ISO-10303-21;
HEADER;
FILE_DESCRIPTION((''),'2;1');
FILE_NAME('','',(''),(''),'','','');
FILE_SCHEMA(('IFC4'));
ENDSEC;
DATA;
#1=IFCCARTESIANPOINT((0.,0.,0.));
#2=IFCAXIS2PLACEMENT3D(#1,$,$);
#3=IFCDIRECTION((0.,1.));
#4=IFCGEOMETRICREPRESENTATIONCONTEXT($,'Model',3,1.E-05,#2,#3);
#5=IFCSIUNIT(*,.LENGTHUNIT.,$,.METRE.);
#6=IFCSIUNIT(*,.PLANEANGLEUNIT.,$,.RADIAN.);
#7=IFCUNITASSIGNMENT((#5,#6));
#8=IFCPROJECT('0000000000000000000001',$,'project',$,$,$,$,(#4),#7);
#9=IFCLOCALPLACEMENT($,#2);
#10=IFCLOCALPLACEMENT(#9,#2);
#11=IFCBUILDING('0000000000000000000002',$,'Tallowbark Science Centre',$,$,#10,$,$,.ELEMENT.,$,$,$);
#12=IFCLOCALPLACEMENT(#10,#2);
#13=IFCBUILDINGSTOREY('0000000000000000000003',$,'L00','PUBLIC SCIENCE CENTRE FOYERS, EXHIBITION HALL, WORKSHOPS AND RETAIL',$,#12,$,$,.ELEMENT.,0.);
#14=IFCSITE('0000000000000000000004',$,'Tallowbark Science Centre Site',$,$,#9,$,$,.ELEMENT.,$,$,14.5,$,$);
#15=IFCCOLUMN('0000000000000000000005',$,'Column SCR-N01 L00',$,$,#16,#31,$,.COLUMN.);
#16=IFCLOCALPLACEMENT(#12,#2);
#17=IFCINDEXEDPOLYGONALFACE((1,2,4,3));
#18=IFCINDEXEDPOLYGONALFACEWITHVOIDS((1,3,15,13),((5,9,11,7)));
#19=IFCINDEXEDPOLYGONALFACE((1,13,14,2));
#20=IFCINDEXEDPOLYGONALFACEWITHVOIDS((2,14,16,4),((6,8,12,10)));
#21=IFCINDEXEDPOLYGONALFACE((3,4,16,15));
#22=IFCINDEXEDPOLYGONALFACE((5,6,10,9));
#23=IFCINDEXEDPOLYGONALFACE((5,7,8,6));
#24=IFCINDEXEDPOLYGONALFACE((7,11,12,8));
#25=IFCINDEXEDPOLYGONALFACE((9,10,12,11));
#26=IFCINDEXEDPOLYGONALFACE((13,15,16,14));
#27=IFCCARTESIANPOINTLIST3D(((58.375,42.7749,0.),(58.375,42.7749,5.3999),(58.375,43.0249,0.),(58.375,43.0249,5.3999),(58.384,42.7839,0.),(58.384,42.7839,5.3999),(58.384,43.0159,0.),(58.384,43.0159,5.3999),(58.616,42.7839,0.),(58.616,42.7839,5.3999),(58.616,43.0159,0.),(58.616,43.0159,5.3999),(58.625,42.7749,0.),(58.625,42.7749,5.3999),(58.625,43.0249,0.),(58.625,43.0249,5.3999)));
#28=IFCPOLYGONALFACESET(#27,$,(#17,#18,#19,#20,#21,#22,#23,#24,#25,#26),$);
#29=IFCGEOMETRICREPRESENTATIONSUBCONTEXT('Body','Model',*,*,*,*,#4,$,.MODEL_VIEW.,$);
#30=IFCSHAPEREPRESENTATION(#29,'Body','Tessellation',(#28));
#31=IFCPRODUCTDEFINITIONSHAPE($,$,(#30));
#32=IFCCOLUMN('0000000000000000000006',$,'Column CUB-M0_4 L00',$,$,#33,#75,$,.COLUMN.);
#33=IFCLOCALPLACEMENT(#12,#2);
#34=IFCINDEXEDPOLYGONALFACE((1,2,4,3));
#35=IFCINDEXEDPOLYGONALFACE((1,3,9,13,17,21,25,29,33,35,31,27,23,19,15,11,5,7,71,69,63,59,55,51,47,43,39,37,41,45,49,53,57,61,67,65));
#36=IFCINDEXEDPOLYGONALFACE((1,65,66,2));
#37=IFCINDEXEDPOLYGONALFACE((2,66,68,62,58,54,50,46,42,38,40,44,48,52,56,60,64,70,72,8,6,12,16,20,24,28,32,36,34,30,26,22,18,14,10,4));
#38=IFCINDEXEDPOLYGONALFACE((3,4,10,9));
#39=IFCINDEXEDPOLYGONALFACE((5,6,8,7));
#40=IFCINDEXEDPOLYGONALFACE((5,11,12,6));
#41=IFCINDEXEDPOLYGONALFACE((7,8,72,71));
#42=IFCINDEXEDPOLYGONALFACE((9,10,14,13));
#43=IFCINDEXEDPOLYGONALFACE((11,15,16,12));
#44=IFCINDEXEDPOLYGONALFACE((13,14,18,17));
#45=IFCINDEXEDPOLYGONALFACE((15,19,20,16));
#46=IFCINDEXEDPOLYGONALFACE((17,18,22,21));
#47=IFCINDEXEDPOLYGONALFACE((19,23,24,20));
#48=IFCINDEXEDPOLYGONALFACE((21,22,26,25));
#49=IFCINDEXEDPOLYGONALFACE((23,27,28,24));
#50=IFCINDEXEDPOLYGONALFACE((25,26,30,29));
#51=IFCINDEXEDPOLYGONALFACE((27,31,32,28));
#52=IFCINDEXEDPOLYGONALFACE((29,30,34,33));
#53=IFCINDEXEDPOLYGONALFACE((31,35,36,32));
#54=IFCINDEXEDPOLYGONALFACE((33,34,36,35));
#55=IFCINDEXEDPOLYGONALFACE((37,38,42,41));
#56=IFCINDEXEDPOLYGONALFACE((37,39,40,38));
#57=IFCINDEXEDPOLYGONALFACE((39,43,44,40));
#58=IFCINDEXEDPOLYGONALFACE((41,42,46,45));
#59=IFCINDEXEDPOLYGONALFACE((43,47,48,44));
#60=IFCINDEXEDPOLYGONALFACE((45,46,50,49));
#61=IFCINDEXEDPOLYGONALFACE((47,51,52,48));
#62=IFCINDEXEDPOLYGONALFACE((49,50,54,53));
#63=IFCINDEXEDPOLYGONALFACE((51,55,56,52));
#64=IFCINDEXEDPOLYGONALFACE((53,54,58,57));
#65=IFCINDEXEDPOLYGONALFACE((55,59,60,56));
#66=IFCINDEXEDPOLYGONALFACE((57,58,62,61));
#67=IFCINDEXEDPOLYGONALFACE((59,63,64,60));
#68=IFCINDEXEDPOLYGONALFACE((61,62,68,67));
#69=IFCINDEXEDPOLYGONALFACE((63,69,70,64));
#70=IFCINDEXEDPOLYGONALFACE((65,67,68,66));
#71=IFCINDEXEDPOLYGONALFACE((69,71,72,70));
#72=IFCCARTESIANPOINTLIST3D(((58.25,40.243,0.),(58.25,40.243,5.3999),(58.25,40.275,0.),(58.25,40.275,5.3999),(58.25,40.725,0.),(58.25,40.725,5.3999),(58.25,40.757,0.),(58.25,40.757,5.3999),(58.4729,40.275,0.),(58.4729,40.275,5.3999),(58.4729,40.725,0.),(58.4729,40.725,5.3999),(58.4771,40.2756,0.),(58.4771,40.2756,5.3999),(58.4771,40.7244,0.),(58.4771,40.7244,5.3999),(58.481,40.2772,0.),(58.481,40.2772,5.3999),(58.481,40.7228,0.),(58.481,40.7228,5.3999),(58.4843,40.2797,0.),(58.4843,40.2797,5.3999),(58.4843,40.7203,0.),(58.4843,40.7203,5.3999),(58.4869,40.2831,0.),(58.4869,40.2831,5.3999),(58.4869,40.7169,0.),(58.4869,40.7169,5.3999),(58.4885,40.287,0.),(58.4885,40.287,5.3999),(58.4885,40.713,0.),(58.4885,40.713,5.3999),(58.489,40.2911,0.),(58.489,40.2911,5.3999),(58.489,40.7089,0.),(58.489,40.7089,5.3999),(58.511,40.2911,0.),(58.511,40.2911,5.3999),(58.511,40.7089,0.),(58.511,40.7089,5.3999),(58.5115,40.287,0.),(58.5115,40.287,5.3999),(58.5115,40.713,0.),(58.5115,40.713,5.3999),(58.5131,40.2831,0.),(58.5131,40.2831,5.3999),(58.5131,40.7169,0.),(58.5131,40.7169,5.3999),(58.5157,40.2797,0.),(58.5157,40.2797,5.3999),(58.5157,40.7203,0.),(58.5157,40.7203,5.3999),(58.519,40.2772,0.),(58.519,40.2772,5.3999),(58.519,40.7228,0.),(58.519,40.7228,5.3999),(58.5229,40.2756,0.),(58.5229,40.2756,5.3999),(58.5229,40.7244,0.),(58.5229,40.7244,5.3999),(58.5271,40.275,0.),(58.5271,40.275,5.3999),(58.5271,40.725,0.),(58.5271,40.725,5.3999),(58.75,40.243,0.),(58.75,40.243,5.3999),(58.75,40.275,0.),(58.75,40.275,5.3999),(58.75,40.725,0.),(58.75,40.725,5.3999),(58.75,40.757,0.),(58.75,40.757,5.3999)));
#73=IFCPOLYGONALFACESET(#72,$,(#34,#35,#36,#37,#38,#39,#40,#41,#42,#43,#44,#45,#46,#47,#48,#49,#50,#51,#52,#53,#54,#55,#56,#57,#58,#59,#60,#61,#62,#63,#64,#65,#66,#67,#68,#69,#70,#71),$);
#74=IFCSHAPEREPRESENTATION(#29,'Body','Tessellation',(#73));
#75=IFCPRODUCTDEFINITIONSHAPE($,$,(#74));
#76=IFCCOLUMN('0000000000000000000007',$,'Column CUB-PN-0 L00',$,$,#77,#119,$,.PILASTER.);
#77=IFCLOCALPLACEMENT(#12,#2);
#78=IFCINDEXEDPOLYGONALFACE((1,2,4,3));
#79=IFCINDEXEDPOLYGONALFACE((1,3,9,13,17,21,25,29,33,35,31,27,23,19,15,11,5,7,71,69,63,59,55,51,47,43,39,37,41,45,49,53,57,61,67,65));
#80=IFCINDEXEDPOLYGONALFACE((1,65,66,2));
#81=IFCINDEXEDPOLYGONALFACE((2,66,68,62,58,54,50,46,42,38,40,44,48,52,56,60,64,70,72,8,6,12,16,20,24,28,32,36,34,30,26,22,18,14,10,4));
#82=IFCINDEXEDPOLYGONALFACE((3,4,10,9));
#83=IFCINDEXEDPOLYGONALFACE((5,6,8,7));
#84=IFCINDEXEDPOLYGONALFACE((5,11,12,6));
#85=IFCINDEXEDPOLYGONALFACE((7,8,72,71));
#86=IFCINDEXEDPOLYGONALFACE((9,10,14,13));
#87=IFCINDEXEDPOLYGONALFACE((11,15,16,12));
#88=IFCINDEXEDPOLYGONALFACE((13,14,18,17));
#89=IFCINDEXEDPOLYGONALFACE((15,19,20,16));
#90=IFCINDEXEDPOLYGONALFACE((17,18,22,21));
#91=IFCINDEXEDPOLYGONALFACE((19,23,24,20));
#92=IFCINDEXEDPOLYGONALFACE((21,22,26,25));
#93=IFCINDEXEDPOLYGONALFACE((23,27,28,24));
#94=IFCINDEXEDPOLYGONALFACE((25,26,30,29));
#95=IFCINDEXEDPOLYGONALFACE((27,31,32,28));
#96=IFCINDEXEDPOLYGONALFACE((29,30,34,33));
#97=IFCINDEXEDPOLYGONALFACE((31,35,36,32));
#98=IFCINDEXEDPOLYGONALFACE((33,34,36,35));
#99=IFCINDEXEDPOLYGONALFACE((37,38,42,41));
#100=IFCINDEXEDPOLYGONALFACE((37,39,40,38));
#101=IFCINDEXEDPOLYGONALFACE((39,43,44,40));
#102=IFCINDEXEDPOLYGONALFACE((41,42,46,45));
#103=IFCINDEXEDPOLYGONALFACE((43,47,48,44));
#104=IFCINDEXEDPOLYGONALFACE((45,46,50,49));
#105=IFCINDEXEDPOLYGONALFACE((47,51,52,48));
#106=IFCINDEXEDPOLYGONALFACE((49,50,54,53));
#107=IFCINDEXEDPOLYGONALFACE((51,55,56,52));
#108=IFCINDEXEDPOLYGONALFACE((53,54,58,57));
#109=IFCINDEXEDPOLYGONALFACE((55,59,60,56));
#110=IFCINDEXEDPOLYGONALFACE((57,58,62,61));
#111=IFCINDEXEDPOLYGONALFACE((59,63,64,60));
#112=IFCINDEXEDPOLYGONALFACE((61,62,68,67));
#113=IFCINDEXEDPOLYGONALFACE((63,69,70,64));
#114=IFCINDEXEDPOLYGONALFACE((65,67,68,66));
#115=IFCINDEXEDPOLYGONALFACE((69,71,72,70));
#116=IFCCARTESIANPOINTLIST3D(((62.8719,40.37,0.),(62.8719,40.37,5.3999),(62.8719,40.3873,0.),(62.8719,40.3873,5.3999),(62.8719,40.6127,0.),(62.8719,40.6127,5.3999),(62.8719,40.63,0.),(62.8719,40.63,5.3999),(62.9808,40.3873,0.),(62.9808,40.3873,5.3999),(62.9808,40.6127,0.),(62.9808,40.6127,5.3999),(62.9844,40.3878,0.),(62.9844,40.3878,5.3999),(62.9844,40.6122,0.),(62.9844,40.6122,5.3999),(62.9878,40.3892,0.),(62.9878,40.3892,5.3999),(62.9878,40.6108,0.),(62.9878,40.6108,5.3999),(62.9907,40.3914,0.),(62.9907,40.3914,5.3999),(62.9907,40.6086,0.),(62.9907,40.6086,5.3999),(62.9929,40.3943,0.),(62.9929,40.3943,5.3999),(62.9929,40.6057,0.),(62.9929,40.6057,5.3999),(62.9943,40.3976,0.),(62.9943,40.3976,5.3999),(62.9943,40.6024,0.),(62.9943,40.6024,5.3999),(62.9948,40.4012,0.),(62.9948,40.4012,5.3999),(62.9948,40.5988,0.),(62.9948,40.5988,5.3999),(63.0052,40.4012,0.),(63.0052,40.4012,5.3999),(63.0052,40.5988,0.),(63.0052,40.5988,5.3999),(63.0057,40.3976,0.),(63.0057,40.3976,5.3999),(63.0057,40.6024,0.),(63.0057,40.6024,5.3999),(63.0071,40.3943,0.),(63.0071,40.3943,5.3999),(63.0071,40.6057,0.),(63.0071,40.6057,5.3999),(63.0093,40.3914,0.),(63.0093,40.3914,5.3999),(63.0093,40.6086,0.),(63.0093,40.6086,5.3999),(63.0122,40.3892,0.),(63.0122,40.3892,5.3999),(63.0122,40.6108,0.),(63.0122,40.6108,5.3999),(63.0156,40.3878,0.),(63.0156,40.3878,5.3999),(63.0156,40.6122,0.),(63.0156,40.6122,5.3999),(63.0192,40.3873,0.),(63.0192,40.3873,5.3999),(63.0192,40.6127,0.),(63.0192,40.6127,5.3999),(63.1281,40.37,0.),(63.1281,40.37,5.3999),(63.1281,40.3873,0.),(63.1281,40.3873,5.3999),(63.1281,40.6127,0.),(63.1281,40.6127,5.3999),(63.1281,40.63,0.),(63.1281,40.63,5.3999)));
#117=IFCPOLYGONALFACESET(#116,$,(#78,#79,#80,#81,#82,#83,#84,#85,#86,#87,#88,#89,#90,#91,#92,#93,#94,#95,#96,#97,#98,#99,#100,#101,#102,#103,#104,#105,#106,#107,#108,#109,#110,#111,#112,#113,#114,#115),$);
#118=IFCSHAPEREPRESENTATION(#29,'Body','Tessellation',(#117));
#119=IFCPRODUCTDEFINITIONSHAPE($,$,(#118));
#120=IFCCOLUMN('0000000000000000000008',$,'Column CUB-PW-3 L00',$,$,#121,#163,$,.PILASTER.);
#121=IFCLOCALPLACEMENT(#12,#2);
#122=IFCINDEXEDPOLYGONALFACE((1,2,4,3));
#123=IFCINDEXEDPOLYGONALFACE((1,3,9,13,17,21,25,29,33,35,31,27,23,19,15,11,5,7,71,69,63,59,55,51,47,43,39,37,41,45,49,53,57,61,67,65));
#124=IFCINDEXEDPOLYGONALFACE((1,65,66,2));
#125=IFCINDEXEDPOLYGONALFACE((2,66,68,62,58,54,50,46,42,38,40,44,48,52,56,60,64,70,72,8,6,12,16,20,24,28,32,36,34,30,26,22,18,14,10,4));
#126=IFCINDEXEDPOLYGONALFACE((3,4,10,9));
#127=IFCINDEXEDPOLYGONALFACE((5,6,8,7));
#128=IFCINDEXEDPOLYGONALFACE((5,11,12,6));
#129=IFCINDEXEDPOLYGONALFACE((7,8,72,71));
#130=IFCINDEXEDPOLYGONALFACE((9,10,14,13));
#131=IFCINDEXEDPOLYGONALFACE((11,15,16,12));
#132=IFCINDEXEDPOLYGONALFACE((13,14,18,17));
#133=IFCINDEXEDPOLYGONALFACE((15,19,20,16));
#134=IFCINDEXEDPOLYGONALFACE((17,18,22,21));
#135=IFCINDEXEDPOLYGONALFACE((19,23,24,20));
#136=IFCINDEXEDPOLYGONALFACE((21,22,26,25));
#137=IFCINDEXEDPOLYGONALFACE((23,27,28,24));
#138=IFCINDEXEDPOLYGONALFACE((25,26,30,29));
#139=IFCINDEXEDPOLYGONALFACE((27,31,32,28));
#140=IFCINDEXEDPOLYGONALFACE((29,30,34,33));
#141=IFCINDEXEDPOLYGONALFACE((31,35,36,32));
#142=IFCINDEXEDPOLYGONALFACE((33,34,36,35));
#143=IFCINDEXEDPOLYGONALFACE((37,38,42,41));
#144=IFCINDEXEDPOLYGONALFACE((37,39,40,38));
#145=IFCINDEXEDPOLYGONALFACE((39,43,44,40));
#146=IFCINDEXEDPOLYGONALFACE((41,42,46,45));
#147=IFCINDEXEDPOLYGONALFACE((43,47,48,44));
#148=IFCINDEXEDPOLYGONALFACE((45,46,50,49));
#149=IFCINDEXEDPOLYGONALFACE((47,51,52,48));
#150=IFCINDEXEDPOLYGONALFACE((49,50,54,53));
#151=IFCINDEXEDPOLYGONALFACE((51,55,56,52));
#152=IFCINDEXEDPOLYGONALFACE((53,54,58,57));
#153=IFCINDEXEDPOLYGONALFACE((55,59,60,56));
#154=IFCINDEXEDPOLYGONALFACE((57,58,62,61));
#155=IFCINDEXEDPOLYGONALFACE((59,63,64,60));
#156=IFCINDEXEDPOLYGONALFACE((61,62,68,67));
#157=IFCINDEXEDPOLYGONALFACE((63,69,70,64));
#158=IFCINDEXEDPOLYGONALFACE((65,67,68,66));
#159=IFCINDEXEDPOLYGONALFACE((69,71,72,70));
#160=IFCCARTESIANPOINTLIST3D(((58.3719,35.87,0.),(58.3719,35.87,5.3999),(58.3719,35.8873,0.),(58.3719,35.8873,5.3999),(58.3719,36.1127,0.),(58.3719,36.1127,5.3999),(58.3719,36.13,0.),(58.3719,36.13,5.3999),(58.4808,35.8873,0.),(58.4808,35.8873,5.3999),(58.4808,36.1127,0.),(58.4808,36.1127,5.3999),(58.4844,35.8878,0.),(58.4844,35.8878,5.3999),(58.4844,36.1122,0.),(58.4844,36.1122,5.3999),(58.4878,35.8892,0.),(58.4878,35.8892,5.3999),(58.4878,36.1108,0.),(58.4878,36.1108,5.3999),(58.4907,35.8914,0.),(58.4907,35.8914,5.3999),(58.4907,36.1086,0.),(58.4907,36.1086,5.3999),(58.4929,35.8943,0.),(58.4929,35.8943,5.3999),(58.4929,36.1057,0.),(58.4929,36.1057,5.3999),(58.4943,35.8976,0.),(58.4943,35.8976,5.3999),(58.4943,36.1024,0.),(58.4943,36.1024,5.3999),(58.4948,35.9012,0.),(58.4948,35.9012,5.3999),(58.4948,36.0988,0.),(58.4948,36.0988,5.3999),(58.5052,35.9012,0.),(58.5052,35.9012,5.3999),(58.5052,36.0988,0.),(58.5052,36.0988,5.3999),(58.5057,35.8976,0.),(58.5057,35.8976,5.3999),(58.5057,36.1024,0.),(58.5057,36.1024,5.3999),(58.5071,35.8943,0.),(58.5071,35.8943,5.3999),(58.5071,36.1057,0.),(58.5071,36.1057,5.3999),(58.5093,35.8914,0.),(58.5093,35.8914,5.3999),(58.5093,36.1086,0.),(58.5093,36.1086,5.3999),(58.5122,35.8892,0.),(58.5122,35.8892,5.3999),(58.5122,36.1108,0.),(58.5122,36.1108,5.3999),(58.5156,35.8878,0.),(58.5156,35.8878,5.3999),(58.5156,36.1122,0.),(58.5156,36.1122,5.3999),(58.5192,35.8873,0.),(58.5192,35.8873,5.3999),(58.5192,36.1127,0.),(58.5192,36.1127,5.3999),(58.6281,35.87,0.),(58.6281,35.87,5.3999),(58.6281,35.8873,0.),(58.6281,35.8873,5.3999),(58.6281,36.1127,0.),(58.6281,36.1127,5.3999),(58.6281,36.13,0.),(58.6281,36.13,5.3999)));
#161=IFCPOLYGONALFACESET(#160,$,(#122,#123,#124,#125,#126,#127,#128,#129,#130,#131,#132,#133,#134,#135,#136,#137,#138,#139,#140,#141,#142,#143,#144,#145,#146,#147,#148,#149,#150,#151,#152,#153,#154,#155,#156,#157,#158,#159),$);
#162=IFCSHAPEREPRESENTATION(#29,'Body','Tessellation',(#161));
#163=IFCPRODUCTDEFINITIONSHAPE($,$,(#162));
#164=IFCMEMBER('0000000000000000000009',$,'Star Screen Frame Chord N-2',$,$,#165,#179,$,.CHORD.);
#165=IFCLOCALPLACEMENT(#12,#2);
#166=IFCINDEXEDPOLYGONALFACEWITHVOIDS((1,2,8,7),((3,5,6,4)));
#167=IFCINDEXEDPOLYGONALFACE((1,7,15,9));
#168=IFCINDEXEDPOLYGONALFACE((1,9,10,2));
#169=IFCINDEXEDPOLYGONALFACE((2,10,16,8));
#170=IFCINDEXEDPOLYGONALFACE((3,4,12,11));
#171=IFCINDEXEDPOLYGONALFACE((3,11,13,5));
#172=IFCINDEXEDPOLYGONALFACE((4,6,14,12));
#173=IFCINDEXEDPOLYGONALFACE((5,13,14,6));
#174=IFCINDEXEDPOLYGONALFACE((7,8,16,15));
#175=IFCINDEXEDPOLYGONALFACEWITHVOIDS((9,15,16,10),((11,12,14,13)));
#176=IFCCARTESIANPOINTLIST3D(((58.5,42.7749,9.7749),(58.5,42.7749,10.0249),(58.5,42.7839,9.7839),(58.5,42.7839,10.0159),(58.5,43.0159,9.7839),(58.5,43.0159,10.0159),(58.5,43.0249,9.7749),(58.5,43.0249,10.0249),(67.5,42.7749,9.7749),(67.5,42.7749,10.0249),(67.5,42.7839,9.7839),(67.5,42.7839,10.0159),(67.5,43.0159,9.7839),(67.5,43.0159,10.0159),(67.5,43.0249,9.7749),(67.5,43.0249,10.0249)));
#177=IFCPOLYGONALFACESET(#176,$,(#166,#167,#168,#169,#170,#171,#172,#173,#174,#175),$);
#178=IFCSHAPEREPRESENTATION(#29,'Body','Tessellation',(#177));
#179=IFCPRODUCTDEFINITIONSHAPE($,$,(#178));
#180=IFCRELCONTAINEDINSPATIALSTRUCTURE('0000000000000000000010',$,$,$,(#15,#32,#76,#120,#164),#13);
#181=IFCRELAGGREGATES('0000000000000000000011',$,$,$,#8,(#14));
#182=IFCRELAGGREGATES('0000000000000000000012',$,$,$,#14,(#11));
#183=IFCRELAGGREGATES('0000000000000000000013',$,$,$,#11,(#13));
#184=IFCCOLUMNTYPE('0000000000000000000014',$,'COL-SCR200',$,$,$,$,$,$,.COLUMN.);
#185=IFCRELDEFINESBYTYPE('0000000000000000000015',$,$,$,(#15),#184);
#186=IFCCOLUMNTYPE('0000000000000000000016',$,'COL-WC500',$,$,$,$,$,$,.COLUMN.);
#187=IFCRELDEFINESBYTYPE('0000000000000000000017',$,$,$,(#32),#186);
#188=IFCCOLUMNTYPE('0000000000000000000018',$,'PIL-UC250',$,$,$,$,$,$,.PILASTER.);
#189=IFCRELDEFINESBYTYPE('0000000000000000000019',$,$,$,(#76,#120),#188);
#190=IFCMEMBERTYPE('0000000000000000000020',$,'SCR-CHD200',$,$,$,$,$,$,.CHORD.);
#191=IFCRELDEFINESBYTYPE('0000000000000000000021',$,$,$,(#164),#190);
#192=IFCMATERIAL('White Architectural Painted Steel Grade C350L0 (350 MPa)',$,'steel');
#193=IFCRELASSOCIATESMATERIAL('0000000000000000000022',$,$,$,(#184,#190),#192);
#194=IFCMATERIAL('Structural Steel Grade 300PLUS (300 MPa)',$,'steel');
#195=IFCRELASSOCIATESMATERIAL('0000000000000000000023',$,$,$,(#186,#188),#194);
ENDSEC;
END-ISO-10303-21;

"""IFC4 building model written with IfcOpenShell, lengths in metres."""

from ifc_helpers import new_model, si_unit, direction, frame, origin, origin_2d, place, context, subcontext, project, spatial, hollow_rectangle, i_section, extrude, material, material_profile, profile_set, type_object, element, save


model = new_model("IFC4")

# Units and contexts
model_context = context("Model", 3, precision=1e-05, world=origin(), true_north=direction((0.0, 1.0)))
body_context = subcontext(model_context, "Body", "Model", "MODEL_VIEW")
ifc_project = project(units=[si_unit("LENGTHUNIT", "METRE"), si_unit("PLANEANGLEUNIT", "RADIAN")], contexts=[model_context])

# Site, building, storey
site_placement = place(None, origin())
site = spatial("IfcSite", under=ifc_project, at=site_placement, Name="Tallowbark Science Centre Site", CompositionType="ELEMENT", RefElevation=14.5)
building_placement = place(site_placement, origin())
building = spatial("IfcBuilding", under=site, at=building_placement, Name="Tallowbark Science Centre", CompositionType="ELEMENT")
storey_placement = place(building_placement, origin())
storey = spatial("IfcBuildingStorey", under=building, at=storey_placement, Name="L00", Description="PUBLIC SCIENCE CENTRE FOYERS, EXHIBITION HALL, WORKSHOPS AND RETAIL", CompositionType="ELEMENT", Elevation=0.0)

# Columns
ifc_material_1 = material(Name="White Architectural Painted Steel Grade C350L0 (350 MPa)", Category="steel")
ifc_material_profile_1 = material_profile(ifc_material_1, hollow_rectangle(XDim=0.25, YDim=0.25, WallThickness=0.009, at=origin_2d()), Name="250x250x9.0SHS")
ifc_profile_set_1 = profile_set([ifc_material_profile_1], Name="White Architectural Painted Steel Grade C350L0 (350 MPa)")
column_type_1 = type_object("IfcColumnType", Name="COL-SCR200", PredefinedType="COLUMN", material=ifc_profile_set_1)
column_1_placement = place(storey_placement, frame((58.5, 42.8999, 0.0), z_axis=(0.0, 0.0, 1.0), x_axis=(1.0, 0.0, 0.0)))
element("IfcColumn", 1, at=column_1_placement, inside=storey, type_object=column_type_1, Name="Column SCR-N01 L00", PredefinedType="COLUMN", context=body_context, shape_type="SweptSolid", body=[
    extrude(hollow_rectangle(XDim=0.25, YDim=0.25, WallThickness=0.009, at=origin_2d()), origin(), (0.0, 0.0, 1.0), 5.3999),
])
ifc_material_2 = material(Name="Structural Steel Grade 300PLUS (300 MPa)", Category="steel")
ifc_material_profile_2 = material_profile(ifc_material_2, i_section(OverallWidth=0.5, OverallDepth=0.5139, WebThickness=0.022, FlangeThickness=0.032, FilletRadius=0.0161, at=origin_2d()), Name="500WC340")
ifc_profile_set_2 = profile_set([ifc_material_profile_2], Name="Structural Steel Grade 300PLUS (300 MPa)")
column_type_2 = type_object("IfcColumnType", Name="COL-WC500", PredefinedType="COLUMN", material=ifc_profile_set_2)
column_2_placement = place(storey_placement, frame((58.5, 40.5, 0.0), z_axis=(0.0, 0.0, 1.0), x_axis=(1.0, 0.0, 0.0)))
element("IfcColumn", 2, at=column_2_placement, inside=storey, type_object=column_type_2, Name="Column CUB-M0_4 L00", PredefinedType="COLUMN", context=body_context, shape_type="SweptSolid", body=[
    extrude(i_section(OverallWidth=0.5, OverallDepth=0.5139, WebThickness=0.022, FlangeThickness=0.032, FilletRadius=0.0161, at=origin_2d()), origin(), (0.0, 0.0, 1.0), 5.3999),
])
ifc_material_profile_3 = material_profile(ifc_material_2, i_section(OverallWidth=0.2561, OverallDepth=0.26, WebThickness=0.0105, FlangeThickness=0.0173, FilletRadius=0.0139, at=origin_2d()), Name="250UC89.5")
ifc_profile_set_3 = profile_set([ifc_material_profile_3], Name="Structural Steel Grade 300PLUS (300 MPa)")
column_type_3 = type_object("IfcColumnType", Name="PIL-UC250", PredefinedType="PILASTER", material=ifc_profile_set_3)
for number, where, z_axis, x_axis, name in (
    (3, (63.0, 40.5, 0.0), (0.0, 0.0, 1.0), (1.0, 0.0, 0.0), "Column CUB-PN-0 L00"),
    (4, (58.5, 36.0, 0.0), (0.0, 0.0, 1.0), (1.0, 0.0, 0.0), "Column CUB-PW-3 L00"),
):
    element("IfcColumn", number, at=place(storey_placement, frame(where, z_axis=z_axis, x_axis=x_axis)), inside=storey, type_object=column_type_3, Name=name, PredefinedType="PILASTER", context=body_context, shape_type="SweptSolid", body=[
        extrude(i_section(OverallWidth=0.2561, OverallDepth=0.26, WebThickness=0.0105, FlangeThickness=0.0173, FilletRadius=0.0139, at=origin_2d()), origin(), (0.0, 0.0, 1.0), 5.3999),
    ])

# Member
ifc_material_profile_4 = material_profile(ifc_material_1, hollow_rectangle(XDim=0.25, YDim=0.25, WallThickness=0.009, at=origin_2d()), Name="250x250x9.0SHS")
ifc_profile_set_4 = profile_set([ifc_material_profile_4], Name="White Architectural Painted Steel Grade C350L0 (350 MPa)")
member_type_1 = type_object("IfcMemberType", Name="SCR-CHD200", PredefinedType="CHORD", material=ifc_profile_set_4)
member_1_placement = place(storey_placement, frame((58.5, 42.8999, 9.8999), z_axis=(1.0, 0.0, 0.0), x_axis=(0.0, 1.0, 0.0)))
element("IfcMember", 5, at=member_1_placement, inside=storey, type_object=member_type_1, Name="Star Screen Frame Chord N-2", PredefinedType="CHORD", context=body_context, shape_type="SweptSolid", body=[
    extrude(hollow_rectangle(XDim=0.25, YDim=0.25, WallThickness=0.009, at=origin_2d()), origin(), (0.0, 0.0, 1.0), 9.0),
])

save(model, "model.ifc")
